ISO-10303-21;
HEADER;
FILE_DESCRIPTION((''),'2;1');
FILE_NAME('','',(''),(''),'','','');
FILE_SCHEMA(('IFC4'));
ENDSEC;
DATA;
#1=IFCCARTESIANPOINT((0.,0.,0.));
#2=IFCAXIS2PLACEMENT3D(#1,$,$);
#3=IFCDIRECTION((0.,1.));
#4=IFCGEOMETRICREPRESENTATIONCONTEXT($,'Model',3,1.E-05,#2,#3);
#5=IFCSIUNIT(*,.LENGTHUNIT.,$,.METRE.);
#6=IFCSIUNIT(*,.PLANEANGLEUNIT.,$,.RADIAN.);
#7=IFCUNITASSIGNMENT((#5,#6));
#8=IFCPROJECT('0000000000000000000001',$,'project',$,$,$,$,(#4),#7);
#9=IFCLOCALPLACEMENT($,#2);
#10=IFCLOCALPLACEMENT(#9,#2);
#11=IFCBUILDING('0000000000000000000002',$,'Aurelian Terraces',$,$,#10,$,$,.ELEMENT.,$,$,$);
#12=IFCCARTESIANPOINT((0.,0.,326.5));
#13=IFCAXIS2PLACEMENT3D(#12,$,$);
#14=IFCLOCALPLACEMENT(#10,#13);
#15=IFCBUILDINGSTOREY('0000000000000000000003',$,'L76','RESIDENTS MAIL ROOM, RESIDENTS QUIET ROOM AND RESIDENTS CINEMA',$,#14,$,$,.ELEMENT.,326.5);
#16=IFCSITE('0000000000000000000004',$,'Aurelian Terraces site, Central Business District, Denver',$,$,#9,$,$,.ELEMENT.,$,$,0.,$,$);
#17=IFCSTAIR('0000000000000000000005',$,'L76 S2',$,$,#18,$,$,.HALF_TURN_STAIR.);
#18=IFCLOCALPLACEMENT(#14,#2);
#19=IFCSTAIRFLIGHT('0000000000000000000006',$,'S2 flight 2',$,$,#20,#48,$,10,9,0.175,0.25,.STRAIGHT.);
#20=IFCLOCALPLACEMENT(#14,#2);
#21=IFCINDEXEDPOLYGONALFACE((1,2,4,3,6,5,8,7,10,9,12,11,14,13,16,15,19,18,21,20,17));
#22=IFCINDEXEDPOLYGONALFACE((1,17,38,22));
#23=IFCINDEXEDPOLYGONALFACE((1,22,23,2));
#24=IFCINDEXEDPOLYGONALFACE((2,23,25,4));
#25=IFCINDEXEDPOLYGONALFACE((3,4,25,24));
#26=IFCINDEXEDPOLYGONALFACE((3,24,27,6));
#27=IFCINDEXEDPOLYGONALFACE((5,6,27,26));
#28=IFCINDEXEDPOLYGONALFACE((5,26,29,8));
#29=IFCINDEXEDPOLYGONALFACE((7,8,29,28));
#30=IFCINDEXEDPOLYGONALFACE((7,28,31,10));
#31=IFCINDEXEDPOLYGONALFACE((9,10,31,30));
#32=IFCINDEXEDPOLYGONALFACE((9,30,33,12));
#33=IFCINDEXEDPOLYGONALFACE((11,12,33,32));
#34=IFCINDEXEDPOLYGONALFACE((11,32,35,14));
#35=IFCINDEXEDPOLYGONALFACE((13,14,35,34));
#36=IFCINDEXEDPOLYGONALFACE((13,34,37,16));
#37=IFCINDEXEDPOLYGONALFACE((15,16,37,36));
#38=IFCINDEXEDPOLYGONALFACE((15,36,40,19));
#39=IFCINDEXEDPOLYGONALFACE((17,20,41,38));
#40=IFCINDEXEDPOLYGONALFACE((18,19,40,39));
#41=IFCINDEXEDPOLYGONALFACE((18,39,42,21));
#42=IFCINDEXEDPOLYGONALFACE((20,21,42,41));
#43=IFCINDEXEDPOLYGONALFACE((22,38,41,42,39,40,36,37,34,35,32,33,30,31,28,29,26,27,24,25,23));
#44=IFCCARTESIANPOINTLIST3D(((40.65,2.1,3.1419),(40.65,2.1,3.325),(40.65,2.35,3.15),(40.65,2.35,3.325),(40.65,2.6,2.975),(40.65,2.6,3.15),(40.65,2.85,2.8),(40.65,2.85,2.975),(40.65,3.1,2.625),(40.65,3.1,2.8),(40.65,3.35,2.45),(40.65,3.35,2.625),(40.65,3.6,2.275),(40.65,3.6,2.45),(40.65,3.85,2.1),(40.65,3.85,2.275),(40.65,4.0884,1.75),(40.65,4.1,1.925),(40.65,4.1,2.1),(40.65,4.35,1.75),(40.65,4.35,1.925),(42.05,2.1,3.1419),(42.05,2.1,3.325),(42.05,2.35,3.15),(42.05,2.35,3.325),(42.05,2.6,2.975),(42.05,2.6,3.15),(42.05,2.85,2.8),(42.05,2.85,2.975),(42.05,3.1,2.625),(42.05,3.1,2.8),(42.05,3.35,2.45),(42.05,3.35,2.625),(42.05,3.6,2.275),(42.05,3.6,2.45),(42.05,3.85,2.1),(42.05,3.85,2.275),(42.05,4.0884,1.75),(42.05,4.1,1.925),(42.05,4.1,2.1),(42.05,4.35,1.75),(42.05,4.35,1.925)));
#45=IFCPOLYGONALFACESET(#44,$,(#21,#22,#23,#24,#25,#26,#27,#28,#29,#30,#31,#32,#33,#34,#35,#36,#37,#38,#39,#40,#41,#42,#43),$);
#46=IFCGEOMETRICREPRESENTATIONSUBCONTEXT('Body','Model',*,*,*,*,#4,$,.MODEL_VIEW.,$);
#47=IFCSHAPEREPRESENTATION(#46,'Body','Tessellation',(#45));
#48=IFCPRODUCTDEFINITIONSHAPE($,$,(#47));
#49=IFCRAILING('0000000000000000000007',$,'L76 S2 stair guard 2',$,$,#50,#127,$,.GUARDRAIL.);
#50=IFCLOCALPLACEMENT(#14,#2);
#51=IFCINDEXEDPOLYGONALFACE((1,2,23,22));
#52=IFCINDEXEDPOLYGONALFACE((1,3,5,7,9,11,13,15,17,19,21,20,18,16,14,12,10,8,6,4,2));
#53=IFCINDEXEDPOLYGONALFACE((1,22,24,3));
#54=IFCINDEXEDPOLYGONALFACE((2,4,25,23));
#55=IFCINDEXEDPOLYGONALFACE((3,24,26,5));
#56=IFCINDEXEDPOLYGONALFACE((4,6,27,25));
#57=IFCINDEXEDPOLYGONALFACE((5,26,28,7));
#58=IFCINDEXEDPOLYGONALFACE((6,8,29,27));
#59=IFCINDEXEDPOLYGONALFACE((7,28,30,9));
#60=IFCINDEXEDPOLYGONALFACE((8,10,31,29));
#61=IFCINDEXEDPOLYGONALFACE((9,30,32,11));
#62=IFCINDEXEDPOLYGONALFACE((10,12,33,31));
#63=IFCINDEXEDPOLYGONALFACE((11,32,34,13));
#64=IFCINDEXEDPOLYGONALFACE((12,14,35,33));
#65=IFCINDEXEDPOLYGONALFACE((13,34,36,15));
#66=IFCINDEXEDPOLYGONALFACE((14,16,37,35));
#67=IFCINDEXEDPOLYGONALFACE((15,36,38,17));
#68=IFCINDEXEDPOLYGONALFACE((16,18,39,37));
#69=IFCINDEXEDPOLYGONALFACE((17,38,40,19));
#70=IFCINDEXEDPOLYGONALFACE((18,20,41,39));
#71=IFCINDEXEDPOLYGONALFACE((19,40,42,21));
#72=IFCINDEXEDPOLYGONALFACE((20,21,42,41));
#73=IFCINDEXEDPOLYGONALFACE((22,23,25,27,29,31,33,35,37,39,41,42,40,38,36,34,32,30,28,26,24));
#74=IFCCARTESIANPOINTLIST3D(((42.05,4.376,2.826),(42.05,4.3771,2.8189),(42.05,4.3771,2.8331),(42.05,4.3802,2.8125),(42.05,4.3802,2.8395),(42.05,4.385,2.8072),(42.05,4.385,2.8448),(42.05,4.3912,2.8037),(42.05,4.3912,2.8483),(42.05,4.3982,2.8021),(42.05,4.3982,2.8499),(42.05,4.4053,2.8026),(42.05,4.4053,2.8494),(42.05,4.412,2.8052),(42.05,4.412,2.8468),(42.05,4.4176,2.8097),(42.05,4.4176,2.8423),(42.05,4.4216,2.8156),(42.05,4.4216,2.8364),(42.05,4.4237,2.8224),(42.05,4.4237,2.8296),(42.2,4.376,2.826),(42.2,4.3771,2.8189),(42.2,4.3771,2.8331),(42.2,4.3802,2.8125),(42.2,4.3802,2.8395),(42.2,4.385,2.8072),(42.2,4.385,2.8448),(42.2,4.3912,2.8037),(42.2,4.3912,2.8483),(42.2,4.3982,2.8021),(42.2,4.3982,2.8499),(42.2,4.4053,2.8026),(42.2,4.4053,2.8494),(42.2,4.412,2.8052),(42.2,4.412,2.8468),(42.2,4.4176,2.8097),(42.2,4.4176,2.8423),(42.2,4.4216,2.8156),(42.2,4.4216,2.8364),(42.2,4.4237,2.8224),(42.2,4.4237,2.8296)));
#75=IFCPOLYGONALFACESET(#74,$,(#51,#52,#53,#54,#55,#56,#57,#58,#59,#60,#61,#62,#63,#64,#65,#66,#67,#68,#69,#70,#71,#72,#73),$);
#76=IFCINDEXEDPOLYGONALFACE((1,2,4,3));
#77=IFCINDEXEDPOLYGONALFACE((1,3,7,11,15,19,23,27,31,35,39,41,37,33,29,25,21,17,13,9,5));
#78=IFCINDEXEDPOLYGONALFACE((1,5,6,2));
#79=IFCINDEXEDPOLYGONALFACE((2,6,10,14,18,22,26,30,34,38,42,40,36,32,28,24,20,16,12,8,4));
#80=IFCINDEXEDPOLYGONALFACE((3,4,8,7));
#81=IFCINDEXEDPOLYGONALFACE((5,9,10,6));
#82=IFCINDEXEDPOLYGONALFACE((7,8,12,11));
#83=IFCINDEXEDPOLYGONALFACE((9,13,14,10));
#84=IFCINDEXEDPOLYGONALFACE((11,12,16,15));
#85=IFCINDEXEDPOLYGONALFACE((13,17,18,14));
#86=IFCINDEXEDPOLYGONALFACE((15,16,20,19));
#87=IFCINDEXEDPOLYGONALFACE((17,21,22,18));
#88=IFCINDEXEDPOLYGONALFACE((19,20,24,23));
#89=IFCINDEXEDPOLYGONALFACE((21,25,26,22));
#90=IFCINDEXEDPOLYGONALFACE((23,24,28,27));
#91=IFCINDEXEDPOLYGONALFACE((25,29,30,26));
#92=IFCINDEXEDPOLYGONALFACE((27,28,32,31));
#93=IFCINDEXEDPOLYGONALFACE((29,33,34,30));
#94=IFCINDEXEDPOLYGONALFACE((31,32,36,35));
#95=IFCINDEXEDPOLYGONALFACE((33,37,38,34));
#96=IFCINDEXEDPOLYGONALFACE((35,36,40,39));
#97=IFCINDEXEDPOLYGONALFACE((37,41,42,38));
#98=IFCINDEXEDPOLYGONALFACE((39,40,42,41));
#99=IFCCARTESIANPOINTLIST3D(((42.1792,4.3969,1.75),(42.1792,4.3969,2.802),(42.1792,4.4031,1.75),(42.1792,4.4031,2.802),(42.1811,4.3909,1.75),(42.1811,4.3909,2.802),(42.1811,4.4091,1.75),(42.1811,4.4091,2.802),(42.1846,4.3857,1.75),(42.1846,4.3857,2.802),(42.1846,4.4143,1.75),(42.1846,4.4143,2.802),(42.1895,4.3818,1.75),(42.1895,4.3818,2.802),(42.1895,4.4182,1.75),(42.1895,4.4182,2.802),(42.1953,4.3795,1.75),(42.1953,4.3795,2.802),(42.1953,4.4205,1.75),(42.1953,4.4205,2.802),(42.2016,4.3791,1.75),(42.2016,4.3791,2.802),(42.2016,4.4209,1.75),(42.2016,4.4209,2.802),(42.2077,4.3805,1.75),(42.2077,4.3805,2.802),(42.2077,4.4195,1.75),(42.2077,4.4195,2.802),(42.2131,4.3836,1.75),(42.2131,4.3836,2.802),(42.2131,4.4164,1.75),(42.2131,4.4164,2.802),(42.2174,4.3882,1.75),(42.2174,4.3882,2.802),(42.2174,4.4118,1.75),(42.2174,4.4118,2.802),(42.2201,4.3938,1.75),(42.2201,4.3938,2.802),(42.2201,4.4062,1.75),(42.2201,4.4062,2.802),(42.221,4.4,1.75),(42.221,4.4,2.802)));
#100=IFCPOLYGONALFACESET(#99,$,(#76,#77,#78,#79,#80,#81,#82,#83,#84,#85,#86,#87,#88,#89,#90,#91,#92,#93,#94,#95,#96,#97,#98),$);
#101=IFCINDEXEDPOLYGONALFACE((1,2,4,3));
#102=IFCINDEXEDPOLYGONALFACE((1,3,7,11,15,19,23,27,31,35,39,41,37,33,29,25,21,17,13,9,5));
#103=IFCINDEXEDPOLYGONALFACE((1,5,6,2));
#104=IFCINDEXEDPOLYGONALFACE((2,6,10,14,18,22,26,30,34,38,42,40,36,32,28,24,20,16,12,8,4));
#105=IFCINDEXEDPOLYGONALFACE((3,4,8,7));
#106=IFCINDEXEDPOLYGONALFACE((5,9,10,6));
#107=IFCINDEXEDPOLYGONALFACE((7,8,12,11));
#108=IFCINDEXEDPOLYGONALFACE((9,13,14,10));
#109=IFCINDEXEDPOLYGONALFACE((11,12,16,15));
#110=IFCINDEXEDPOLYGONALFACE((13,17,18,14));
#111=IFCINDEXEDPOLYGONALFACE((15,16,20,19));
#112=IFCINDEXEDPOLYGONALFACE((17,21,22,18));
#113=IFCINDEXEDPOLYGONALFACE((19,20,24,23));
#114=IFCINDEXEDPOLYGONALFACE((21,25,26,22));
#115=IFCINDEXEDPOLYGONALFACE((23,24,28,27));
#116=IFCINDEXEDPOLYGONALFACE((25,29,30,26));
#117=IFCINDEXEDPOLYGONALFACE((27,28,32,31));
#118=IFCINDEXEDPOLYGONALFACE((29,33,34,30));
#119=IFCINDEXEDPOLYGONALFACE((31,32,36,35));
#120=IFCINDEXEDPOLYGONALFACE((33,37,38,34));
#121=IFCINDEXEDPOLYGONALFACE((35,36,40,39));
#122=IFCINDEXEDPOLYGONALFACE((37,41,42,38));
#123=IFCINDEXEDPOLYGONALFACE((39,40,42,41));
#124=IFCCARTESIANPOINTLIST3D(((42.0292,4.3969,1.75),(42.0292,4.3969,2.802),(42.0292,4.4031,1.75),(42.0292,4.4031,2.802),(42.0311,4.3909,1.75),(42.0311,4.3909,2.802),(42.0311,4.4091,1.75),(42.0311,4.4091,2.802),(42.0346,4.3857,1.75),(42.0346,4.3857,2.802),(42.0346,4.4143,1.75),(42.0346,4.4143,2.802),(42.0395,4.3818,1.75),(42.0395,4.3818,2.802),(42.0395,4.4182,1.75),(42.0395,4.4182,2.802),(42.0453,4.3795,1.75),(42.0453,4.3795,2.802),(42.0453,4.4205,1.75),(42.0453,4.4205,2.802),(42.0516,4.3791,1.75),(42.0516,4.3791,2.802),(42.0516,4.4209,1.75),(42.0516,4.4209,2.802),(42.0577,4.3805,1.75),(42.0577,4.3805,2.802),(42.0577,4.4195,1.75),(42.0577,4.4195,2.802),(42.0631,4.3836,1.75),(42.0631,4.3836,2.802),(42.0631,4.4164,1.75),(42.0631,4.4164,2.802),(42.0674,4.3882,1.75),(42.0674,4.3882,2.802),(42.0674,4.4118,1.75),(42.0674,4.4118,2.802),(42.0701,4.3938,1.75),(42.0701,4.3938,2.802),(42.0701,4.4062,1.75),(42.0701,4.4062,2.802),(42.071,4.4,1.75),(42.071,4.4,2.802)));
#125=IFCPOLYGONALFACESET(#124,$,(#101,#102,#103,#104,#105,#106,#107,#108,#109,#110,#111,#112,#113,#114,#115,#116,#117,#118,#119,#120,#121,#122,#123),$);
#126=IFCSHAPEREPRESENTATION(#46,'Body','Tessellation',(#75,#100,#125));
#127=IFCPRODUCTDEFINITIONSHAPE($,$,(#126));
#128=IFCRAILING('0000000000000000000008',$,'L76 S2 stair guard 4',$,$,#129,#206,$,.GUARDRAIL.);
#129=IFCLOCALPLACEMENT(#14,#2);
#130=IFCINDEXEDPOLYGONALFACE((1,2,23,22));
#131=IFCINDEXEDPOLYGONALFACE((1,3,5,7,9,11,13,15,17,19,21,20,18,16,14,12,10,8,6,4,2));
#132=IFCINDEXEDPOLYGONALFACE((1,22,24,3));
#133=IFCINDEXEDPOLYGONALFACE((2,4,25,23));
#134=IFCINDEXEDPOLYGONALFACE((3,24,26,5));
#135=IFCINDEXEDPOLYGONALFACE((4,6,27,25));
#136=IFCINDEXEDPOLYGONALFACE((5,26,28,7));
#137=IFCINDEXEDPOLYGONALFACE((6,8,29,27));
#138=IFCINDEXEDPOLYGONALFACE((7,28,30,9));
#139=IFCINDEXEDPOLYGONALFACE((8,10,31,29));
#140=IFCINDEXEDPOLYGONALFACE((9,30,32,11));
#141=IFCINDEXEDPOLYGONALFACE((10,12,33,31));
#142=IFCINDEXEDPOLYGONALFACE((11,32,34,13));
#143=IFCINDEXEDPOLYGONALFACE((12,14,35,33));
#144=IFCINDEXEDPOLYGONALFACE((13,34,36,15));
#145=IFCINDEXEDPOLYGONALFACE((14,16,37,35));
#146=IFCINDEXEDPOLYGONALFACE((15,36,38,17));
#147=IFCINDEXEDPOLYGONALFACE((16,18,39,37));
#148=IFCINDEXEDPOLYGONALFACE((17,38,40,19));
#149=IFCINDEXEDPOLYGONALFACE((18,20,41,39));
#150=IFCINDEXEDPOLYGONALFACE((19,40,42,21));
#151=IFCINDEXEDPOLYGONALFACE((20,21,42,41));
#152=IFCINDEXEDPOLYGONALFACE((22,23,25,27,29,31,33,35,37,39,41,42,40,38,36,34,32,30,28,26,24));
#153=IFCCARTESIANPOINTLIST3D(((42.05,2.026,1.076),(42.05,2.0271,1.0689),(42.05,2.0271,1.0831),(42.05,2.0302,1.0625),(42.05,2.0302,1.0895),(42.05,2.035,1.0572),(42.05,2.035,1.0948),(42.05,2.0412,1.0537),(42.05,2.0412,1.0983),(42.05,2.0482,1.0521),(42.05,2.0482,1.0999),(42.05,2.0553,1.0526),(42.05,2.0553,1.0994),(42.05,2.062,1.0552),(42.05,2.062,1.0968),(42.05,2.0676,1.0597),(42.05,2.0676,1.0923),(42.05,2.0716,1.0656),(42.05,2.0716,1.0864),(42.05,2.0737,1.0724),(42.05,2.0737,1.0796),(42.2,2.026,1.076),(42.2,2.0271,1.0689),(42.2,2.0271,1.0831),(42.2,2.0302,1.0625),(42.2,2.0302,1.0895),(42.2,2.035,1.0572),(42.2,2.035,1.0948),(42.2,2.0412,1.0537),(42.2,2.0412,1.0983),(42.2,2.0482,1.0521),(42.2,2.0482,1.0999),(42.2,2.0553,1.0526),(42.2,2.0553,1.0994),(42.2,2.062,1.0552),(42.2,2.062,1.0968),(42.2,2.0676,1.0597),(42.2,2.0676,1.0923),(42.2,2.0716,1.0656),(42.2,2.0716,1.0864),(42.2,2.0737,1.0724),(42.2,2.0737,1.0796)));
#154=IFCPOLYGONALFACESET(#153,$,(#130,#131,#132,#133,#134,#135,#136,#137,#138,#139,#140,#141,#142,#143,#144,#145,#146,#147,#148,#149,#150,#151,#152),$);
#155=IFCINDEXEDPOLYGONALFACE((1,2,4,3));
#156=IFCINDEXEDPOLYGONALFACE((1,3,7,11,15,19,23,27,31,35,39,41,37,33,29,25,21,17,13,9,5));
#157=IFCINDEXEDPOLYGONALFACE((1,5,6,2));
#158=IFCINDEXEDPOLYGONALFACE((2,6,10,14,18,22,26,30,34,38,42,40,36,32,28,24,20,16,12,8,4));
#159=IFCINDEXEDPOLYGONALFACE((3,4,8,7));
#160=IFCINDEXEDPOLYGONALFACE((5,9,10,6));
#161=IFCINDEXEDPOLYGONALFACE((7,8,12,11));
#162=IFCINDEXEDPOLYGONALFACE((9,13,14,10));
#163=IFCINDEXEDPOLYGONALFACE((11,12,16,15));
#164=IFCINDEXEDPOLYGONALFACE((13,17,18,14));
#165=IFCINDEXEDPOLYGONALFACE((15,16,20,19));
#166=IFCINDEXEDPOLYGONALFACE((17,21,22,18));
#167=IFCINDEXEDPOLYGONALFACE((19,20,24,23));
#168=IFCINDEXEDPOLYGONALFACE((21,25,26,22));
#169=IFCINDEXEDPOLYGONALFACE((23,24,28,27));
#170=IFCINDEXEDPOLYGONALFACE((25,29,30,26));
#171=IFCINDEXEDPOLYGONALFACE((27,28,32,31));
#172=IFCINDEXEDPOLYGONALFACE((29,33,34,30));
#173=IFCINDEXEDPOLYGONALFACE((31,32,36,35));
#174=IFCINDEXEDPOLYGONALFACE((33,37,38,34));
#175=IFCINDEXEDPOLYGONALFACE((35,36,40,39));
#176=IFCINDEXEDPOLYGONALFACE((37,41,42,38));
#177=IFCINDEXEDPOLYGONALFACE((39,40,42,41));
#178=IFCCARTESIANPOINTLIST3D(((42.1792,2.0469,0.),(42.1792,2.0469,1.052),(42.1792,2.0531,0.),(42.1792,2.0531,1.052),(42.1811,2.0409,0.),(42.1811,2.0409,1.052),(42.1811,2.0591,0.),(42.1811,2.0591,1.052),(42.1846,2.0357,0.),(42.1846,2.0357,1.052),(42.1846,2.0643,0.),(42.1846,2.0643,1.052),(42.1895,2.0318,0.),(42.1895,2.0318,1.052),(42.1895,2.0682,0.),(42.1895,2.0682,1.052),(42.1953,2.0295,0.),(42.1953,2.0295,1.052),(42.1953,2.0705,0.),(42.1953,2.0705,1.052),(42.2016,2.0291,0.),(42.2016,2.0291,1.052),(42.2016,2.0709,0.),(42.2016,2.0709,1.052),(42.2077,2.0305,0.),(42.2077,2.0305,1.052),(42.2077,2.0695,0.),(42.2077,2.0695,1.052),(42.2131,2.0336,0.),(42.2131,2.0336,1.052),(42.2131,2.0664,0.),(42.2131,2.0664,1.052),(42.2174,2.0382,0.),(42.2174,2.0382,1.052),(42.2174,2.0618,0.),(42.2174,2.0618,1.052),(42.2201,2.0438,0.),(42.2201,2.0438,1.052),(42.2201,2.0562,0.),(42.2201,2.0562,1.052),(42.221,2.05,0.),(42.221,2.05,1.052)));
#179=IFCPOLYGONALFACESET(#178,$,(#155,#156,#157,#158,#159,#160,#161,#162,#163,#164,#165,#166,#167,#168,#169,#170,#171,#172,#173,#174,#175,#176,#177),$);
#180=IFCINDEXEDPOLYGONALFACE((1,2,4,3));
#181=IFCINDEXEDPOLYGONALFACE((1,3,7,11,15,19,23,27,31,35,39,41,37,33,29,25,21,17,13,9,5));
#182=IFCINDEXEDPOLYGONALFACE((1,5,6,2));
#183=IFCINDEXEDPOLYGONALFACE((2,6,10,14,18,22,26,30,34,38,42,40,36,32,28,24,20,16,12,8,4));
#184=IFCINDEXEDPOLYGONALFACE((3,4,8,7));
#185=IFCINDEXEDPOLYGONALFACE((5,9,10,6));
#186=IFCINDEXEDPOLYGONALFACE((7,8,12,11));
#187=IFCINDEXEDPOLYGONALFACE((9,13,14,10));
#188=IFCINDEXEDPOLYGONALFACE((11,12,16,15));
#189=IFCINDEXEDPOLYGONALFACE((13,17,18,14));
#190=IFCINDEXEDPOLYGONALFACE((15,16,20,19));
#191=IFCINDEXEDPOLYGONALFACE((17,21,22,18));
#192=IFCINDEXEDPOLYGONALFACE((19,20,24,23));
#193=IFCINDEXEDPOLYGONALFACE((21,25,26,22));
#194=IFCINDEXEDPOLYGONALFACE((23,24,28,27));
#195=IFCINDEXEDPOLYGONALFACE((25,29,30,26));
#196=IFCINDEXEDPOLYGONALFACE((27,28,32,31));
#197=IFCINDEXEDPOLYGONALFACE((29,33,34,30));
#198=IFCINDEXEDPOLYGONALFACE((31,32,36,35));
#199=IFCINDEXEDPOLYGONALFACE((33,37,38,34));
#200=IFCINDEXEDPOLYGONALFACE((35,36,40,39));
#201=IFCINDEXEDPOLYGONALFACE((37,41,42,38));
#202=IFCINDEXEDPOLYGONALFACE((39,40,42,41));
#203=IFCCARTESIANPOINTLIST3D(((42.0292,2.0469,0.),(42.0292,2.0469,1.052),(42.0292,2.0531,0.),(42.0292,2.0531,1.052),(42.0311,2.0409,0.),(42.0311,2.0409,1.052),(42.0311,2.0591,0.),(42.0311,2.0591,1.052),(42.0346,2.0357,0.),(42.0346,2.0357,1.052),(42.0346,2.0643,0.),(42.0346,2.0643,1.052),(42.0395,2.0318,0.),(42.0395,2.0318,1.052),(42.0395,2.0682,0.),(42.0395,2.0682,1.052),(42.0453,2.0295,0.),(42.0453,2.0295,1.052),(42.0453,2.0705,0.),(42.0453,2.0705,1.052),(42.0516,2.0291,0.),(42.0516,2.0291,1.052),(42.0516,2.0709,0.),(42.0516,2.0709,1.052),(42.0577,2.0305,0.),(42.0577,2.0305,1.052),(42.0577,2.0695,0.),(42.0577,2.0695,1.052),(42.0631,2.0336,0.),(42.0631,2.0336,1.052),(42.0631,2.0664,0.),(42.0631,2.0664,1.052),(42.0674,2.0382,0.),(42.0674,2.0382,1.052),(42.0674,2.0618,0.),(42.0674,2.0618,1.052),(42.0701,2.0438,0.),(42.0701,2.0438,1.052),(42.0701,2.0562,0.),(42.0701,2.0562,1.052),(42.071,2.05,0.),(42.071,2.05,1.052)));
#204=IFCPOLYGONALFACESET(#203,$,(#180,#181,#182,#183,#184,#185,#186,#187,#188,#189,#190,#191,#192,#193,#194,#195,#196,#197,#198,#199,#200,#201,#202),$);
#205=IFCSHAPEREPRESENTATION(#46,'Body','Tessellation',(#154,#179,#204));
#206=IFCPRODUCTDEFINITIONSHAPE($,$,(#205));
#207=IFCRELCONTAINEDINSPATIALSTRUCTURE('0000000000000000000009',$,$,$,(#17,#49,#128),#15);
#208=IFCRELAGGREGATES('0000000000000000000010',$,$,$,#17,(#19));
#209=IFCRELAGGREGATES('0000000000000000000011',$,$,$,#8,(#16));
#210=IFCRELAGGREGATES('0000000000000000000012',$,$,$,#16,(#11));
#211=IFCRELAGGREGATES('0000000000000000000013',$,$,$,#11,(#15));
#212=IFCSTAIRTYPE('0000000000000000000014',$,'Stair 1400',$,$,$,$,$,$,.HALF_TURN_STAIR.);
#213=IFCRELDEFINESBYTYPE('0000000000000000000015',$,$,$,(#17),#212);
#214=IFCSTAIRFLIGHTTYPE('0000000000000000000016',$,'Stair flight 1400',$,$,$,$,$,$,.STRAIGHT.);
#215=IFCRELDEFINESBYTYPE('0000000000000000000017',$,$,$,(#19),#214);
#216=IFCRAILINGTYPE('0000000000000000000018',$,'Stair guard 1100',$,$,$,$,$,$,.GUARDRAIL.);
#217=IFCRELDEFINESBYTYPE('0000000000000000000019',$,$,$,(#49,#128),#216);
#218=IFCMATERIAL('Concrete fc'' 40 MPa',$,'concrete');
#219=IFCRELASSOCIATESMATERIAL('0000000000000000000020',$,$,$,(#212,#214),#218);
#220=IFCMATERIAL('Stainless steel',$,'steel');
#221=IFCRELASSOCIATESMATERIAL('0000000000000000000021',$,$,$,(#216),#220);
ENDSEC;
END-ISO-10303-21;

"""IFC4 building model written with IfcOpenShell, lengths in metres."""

from ifc_helpers import new_model, si_unit, direction, frame, origin, origin_2d, place, context, subcontext, project, spatial, polyline, circle, outline, extrude, source, transform, mapped, material, type_object, element, aggregate, save


model = new_model("IFC4")

# Units and contexts
model_context = context("Model", 3, precision=1e-05, world=origin(), true_north=direction((0.0, 1.0)))
body_context = subcontext(model_context, "Body", "Model", "MODEL_VIEW")
ifc_project = project(units=[si_unit("LENGTHUNIT", "METRE"), si_unit("PLANEANGLEUNIT", "RADIAN")], contexts=[model_context])

# Site, building, storey
site_placement = place(None, origin())
site = spatial("IfcSite", under=ifc_project, at=site_placement, Name="Aurelian Terraces site, Central Business District, Denver", CompositionType="ELEMENT", RefElevation=0.0)
building_placement = place(site_placement, origin())
building = spatial("IfcBuilding", under=site, at=building_placement, Name="Aurelian Terraces", CompositionType="ELEMENT")
storey_placement = place(building_placement, frame((0.0, 0.0, 326.5)))
storey = spatial("IfcBuildingStorey", under=building, at=storey_placement, Name="L76", Description="RESIDENTS MAIL ROOM, RESIDENTS QUIET ROOM AND RESIDENTS CINEMA", CompositionType="ELEMENT", Elevation=326.5)

# Shared definitions
ifc_material_1 = material(Name="Concrete fc' 40 MPa", Category="concrete")

# Stair, stair flight
stair_type = type_object("IfcStairType", Name="Stair 1400", PredefinedType="HALF_TURN_STAIR", material=ifc_material_1)
stair_placement = place(storey_placement, origin())
stair = element("IfcStair", 1, at=stair_placement, inside=storey, type_object=stair_type, Name="L76 S2", PredefinedType="HALF_TURN_STAIR")
stair_flight_type = type_object("IfcStairFlightType", Name="Stair flight 1400", PredefinedType="STRAIGHT", material=ifc_material_1)
shared_shape_1 = source(origin(), body_context, "Body", "SweptSolid", [
    extrude(outline(polyline([(0.0, 0.0), (0.0, 0.175), (0.25, 0.175), (0.25, 0.35), (0.5, 0.35), (0.5, 0.525), (0.75, 0.525), (0.75, 0.7), (1.0, 0.7), (1.0, 0.875), (1.25, 0.875), (1.25, 1.05), (1.5, 1.05), (1.5, 1.225), (1.75, 1.225), (1.75, 1.4), (2.0, 1.4), (2.0, 1.575), (2.25, 1.575), (2.25, 1.75), (2.25, 1.3919), (0.2616, 0.0), (0.0, 0.0)])), frame((0.0, 0.7, 0.0), z_axis=(0.0, -1.0, 0.0), x_axis=(1.0, 0.0, 0.0)), (0.0, 0.0, 1.0), 1.4),
])
stair_flight_placement = place(storey_placement, frame((41.35, 4.35, 1.75), z_axis=(0.0, 0.0, 1.0), x_axis=(0.0, -1.0, 0.0)))
stair_flight = element("IfcStairFlight", 2, at=stair_flight_placement, type_object=stair_flight_type, Name="S2 flight 2", NumberOfRisers=10, NumberOfTreads=9, PredefinedType="STRAIGHT", RiserHeight=0.175, TreadLength=0.25, context=body_context, shape_type="MappedRepresentation", body=[
    mapped(shared_shape_1, transform((0.0, 0.0, 0.0), scale=1.0)),
])
aggregate(stair, [stair_flight])

# Railings
ifc_material_2 = material(Name="Stainless steel", Category="steel")
railing_type_1 = type_object("IfcRailingType", Name="Stair guard 1100", PredefinedType="GUARDRAIL", material=ifc_material_2)
shared_shape_2 = source(origin(), body_context, "Body", "SweptSolid", [
    extrude(circle(Radius=0.024, at=origin_2d()), frame((0.0, 0.0, 1.076), z_axis=(-1.0, 0.0, 0.0), x_axis=(0.0, -1.0, 0.0)), (0.0, 0.0, 1.0), 0.15),
    extrude(circle(Radius=0.021, at=origin_2d()), origin(), (0.0, 0.0, 1.0), 1.052),
    extrude(circle(Radius=0.021, at=origin_2d()), frame((-0.15, 0.0, 0.0)), (0.0, 0.0, 1.0), 1.052),
])
for number, where, name in (
    (3, (42.2, 4.4, 1.75), "L76 S2 stair guard 2"),
    (4, (42.2, 2.05, 0.0), "L76 S2 stair guard 4"),
):
    element("IfcRailing", number, at=place(storey_placement, frame(where)), inside=storey, type_object=railing_type_1, Name=name, PredefinedType="GUARDRAIL", context=body_context, shape_type="MappedRepresentation", body=[
        mapped(shared_shape_2, transform((0.0, 0.0, 0.0), scale=1.0)),
    ])

save(model, "model.ifc")
